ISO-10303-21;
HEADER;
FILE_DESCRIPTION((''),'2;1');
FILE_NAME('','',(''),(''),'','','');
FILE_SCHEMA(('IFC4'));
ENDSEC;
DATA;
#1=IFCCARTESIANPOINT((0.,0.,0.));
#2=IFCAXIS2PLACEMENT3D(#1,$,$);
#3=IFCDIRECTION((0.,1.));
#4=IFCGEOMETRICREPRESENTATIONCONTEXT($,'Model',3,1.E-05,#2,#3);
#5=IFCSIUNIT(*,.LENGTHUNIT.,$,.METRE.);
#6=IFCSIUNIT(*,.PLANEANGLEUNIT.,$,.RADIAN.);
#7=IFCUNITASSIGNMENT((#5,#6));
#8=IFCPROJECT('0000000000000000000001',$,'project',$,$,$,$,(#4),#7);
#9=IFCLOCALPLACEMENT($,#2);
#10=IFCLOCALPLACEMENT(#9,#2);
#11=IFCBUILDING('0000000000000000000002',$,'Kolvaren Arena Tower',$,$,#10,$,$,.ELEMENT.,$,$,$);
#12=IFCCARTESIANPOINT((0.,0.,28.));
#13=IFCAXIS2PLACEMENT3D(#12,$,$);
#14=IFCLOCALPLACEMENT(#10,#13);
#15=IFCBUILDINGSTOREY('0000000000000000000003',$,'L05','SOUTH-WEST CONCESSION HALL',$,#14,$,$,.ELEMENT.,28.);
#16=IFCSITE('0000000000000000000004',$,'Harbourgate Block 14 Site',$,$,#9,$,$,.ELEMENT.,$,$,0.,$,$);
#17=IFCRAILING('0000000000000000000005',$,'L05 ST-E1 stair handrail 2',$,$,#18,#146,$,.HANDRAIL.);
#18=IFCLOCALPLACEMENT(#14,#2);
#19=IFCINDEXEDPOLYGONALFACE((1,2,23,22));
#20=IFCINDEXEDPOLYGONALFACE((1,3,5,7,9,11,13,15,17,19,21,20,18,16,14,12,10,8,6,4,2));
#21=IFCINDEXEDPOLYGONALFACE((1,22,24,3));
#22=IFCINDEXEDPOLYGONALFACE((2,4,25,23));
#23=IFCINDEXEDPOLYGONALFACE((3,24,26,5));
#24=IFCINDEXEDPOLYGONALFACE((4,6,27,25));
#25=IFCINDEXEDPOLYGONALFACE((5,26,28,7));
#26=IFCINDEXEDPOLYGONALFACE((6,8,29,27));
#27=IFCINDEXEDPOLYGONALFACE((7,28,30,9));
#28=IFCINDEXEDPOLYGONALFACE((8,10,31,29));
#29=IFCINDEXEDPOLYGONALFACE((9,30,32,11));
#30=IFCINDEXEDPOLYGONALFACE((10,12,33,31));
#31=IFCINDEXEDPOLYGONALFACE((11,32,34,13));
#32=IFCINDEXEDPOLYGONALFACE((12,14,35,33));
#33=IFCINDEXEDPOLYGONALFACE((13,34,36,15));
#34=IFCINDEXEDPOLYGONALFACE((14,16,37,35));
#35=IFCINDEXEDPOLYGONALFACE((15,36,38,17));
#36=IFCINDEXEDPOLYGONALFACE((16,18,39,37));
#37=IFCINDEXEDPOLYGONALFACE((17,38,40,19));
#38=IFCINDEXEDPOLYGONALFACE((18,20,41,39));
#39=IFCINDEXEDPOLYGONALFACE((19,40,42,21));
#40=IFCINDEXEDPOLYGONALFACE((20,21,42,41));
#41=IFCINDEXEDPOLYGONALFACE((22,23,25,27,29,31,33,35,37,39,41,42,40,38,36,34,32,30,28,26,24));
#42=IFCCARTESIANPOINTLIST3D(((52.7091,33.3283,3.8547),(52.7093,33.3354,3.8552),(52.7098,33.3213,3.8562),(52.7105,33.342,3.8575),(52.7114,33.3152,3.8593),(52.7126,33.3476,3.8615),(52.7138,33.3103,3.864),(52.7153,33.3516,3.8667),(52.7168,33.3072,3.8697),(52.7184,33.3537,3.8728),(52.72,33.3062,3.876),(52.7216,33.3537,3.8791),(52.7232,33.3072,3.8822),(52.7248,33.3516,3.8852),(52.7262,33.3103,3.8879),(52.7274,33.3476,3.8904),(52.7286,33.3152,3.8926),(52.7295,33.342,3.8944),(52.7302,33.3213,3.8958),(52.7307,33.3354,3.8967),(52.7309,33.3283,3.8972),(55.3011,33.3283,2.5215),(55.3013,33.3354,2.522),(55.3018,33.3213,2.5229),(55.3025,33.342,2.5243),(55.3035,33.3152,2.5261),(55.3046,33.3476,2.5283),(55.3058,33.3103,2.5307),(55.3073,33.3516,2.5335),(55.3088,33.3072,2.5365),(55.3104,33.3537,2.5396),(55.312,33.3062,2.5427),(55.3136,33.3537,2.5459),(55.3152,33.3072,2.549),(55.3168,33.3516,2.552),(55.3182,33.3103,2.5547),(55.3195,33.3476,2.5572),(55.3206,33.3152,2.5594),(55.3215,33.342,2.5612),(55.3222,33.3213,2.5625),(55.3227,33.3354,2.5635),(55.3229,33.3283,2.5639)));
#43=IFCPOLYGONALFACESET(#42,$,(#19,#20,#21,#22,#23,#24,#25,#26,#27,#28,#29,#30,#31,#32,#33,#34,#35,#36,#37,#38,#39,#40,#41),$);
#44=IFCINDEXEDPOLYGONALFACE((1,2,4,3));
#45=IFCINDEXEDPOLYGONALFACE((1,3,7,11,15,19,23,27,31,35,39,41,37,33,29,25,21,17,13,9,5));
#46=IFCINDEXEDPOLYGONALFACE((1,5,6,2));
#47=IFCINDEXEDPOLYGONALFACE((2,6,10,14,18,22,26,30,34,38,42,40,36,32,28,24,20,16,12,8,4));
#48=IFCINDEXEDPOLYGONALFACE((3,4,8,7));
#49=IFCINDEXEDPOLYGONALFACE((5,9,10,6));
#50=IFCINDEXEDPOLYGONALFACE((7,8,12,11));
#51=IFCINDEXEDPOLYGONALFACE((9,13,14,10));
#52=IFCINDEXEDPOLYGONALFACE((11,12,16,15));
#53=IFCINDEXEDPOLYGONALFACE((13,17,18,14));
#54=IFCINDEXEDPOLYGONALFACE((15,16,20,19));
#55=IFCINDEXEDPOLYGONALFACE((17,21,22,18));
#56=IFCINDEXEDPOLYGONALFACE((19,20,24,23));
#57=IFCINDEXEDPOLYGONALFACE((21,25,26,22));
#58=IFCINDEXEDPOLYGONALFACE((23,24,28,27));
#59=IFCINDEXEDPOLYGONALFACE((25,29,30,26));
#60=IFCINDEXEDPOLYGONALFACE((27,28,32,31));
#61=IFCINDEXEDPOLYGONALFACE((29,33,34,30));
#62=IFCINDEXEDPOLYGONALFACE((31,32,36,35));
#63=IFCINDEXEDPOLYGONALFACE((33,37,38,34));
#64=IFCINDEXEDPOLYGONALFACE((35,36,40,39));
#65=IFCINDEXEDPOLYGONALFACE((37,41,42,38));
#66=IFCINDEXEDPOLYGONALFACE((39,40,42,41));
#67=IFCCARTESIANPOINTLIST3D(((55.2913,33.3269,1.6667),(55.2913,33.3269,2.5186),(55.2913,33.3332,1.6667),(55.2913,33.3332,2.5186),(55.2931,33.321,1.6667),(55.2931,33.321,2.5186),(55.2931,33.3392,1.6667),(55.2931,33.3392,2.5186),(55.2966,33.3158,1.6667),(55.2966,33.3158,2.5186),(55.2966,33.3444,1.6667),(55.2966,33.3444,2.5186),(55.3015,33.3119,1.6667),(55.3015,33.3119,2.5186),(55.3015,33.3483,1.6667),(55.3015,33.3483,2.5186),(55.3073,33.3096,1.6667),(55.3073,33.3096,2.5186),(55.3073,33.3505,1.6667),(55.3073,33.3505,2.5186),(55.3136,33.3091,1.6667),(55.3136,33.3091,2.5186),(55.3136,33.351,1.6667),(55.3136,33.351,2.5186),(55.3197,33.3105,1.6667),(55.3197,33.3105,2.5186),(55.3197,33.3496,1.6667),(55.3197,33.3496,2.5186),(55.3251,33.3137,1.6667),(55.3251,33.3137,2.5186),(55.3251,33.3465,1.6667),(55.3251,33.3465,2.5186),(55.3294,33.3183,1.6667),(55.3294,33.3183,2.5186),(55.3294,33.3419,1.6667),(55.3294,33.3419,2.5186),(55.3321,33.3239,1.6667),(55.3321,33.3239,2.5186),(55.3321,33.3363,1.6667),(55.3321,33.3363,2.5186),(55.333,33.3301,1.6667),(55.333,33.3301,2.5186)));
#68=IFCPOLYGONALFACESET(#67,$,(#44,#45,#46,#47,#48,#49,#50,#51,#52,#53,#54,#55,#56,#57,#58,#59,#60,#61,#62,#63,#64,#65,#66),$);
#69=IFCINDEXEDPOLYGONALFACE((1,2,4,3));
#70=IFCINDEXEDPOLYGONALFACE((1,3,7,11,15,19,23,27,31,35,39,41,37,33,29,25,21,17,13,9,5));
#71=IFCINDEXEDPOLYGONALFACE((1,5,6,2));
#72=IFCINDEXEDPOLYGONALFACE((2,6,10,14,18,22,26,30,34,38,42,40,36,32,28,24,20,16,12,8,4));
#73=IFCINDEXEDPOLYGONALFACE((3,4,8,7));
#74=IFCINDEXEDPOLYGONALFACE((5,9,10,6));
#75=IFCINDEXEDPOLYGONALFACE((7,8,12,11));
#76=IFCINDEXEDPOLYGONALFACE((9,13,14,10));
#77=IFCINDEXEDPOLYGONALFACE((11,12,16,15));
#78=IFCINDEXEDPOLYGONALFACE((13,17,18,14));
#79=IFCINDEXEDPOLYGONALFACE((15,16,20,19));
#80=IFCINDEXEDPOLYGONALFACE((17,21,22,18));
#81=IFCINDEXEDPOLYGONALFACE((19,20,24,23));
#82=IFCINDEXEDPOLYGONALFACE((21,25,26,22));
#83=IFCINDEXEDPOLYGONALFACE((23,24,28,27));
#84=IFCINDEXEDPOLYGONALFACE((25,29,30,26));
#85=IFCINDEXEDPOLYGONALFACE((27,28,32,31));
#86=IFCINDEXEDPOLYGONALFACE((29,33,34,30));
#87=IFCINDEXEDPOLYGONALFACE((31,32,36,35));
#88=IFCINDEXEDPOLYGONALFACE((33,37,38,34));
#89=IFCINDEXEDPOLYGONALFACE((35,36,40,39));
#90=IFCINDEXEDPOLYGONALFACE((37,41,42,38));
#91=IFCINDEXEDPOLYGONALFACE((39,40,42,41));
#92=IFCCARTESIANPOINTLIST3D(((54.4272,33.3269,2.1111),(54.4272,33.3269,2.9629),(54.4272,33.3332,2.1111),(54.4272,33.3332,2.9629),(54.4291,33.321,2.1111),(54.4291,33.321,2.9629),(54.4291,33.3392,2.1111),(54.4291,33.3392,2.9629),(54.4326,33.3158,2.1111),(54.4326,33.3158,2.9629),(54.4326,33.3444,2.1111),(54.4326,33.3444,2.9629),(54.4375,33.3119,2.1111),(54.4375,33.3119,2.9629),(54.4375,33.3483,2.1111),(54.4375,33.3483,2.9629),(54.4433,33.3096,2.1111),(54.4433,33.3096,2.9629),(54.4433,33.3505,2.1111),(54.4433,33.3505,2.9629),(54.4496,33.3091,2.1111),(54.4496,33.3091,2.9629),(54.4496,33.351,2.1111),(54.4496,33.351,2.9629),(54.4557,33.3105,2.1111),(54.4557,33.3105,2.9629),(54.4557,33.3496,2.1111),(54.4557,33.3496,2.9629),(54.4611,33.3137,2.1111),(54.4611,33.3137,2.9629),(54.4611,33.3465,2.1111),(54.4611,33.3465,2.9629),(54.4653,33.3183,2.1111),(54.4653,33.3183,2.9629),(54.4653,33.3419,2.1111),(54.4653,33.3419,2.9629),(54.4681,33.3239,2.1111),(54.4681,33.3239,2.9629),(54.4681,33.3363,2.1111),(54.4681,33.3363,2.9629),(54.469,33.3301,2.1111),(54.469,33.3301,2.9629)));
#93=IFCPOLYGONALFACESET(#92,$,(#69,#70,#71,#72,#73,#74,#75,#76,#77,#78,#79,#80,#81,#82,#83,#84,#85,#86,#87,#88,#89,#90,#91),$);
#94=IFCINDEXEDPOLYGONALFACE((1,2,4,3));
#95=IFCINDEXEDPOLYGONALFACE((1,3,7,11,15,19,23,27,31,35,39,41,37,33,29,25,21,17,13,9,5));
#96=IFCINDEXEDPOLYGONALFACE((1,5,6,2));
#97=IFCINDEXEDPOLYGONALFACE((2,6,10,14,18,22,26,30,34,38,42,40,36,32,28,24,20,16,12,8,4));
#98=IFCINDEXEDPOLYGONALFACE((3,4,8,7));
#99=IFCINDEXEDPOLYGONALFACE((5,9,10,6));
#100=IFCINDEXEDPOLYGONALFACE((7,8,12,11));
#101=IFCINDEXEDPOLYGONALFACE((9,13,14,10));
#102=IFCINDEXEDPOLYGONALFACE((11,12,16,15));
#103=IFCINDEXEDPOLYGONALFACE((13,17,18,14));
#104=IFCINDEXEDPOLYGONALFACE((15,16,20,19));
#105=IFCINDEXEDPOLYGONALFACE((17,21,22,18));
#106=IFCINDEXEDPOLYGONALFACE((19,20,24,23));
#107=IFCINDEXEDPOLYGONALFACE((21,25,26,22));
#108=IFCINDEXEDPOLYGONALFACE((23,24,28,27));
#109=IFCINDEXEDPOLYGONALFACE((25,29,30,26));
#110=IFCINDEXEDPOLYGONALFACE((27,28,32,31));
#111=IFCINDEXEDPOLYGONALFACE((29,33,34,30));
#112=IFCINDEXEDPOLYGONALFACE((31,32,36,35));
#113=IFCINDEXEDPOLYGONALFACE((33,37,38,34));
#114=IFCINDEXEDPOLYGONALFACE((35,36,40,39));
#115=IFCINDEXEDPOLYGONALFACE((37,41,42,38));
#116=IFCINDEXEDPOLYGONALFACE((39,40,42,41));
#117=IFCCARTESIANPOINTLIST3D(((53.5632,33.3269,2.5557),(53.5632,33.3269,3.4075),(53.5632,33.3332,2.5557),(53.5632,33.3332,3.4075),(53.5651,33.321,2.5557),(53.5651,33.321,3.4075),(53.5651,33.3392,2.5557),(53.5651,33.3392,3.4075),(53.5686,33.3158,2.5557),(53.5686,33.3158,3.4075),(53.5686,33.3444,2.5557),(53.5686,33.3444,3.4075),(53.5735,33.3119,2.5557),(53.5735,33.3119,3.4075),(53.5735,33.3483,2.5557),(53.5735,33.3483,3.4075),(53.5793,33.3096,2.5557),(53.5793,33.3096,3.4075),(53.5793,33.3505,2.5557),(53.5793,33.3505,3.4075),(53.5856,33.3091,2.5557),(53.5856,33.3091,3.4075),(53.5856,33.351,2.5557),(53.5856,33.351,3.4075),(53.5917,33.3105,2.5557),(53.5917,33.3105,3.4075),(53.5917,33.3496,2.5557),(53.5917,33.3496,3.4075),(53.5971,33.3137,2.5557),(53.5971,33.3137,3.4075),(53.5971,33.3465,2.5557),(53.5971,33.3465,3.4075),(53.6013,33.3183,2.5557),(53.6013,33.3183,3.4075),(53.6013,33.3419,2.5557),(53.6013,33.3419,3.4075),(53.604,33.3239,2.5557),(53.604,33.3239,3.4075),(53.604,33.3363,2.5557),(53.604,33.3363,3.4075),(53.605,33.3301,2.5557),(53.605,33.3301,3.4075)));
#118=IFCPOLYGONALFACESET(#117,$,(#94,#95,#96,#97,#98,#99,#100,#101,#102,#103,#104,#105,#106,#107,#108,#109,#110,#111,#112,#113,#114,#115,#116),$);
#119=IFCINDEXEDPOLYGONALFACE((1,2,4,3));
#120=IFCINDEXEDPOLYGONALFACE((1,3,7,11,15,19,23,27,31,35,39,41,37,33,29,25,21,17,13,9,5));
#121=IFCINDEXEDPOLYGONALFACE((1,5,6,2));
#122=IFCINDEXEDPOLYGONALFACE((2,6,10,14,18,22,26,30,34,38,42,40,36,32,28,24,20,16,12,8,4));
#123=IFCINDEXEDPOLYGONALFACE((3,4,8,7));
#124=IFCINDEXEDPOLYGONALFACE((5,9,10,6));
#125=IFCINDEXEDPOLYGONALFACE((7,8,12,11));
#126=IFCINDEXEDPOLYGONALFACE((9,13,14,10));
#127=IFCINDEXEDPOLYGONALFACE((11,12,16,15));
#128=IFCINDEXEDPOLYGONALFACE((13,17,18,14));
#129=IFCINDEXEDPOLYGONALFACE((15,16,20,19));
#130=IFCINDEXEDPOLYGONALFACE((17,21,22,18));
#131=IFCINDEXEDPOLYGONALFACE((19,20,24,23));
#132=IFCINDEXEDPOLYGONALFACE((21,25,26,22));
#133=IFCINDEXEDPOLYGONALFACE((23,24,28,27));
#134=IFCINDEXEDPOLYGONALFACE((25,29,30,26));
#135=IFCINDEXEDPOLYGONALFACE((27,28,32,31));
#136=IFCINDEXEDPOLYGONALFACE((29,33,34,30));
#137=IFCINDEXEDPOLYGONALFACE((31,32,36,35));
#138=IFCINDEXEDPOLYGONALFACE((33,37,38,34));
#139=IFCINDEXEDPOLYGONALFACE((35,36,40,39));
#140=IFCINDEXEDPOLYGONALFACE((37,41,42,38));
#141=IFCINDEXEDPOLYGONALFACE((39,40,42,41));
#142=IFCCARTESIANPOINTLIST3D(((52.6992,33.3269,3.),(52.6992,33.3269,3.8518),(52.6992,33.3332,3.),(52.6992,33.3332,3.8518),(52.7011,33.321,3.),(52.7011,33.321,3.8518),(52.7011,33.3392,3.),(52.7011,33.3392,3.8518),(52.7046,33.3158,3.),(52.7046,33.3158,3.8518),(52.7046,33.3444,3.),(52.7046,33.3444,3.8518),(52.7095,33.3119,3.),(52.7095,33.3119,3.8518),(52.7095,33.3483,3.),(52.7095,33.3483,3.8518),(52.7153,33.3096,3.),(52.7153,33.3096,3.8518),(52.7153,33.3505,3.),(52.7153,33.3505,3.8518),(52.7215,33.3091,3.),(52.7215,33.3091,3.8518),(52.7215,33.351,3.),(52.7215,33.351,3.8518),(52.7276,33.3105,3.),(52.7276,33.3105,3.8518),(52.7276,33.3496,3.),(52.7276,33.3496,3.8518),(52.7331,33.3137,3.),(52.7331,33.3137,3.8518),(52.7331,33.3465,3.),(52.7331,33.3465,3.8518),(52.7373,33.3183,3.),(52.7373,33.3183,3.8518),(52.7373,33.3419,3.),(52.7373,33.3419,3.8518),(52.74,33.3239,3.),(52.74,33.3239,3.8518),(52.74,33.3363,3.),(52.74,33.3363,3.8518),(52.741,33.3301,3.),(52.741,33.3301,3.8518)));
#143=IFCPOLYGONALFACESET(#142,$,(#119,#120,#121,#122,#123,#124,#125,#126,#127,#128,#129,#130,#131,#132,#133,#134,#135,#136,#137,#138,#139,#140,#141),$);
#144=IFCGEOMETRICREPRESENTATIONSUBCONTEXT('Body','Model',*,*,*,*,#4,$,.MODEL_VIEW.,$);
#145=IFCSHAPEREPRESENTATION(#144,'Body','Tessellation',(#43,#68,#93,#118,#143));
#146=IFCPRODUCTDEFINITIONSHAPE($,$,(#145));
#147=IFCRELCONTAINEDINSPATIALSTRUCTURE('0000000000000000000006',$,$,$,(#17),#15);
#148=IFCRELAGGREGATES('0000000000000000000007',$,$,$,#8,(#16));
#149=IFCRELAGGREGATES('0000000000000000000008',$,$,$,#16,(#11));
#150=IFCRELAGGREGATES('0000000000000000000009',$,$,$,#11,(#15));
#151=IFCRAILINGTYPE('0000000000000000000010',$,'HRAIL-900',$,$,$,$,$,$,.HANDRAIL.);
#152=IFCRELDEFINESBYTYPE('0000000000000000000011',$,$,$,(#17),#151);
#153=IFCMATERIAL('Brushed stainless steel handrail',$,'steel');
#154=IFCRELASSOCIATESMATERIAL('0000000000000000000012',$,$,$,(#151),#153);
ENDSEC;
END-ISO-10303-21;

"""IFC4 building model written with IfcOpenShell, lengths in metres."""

from ifc_helpers import new_model, si_unit, direction, frame, origin, origin_2d, place, context, subcontext, project, spatial, circle, extrude, material, type_object, element, save


model = new_model("IFC4")

# Units and contexts
model_context = context("Model", 3, precision=1e-05, world=origin(), true_north=direction((0.0, 1.0)))
body_context = subcontext(model_context, "Body", "Model", "MODEL_VIEW")
ifc_project = project(units=[si_unit("LENGTHUNIT", "METRE"), si_unit("PLANEANGLEUNIT", "RADIAN")], contexts=[model_context])

# Site, building, storey
site_placement = place(None, origin())
site = spatial("IfcSite", under=ifc_project, at=site_placement, Name="Harbourgate Block 14 Site", CompositionType="ELEMENT", RefElevation=0.0)
building_placement = place(site_placement, origin())
building = spatial("IfcBuilding", under=site, at=building_placement, Name="Kolvaren Arena Tower", CompositionType="ELEMENT")
storey_placement = place(building_placement, frame((0.0, 0.0, 28.0)))
storey = spatial("IfcBuildingStorey", under=building, at=storey_placement, Name="L05", Description="SOUTH-WEST CONCESSION HALL", CompositionType="ELEMENT", Elevation=28.0)

# Railing
ifc_material_1 = material(Name="Brushed stainless steel handrail", Category="steel")
railing_type_1 = type_object("IfcRailingType", Name="HRAIL-900", PredefinedType="HANDRAIL", material=ifc_material_1)
for number, where, name in (
    (1, (55.312, 33.3301, 1.6667), "L05 ST-E1 stair handrail 2"),
):
    element("IfcRailing", number, at=place(storey_placement, frame(where)), inside=storey, type_object=railing_type_1, Name=name, PredefinedType="HANDRAIL", context=body_context, shape_type="SweptSolid", body=[
        extrude(circle(Radius=0.0239, at=origin_2d()), frame((0.0, 0.0, 0.876), z_axis=(-0.88926, 0.0, 0.457403), x_axis=(0.0, -1.0, 0.0)), (0.0, 0.0, 1.0), 2.9148),
        extrude(circle(Radius=0.021, at=origin_2d()), origin(), (0.0, 0.0, 1.0), 0.8518),
        extrude(circle(Radius=0.021, at=origin_2d()), frame((-0.864, 0.0, 0.4443)), (0.0, 0.0, 1.0), 0.8518),
        extrude(circle(Radius=0.021, at=origin_2d()), frame((-1.728, 0.0, 0.8889)), (0.0, 0.0, 1.0), 0.8518),
        extrude(circle(Radius=0.021, at=origin_2d()), frame((-2.592, 0.0, 1.3333)), (0.0, 0.0, 1.0), 0.8518),
    ])

save(model, "model.ifc")
